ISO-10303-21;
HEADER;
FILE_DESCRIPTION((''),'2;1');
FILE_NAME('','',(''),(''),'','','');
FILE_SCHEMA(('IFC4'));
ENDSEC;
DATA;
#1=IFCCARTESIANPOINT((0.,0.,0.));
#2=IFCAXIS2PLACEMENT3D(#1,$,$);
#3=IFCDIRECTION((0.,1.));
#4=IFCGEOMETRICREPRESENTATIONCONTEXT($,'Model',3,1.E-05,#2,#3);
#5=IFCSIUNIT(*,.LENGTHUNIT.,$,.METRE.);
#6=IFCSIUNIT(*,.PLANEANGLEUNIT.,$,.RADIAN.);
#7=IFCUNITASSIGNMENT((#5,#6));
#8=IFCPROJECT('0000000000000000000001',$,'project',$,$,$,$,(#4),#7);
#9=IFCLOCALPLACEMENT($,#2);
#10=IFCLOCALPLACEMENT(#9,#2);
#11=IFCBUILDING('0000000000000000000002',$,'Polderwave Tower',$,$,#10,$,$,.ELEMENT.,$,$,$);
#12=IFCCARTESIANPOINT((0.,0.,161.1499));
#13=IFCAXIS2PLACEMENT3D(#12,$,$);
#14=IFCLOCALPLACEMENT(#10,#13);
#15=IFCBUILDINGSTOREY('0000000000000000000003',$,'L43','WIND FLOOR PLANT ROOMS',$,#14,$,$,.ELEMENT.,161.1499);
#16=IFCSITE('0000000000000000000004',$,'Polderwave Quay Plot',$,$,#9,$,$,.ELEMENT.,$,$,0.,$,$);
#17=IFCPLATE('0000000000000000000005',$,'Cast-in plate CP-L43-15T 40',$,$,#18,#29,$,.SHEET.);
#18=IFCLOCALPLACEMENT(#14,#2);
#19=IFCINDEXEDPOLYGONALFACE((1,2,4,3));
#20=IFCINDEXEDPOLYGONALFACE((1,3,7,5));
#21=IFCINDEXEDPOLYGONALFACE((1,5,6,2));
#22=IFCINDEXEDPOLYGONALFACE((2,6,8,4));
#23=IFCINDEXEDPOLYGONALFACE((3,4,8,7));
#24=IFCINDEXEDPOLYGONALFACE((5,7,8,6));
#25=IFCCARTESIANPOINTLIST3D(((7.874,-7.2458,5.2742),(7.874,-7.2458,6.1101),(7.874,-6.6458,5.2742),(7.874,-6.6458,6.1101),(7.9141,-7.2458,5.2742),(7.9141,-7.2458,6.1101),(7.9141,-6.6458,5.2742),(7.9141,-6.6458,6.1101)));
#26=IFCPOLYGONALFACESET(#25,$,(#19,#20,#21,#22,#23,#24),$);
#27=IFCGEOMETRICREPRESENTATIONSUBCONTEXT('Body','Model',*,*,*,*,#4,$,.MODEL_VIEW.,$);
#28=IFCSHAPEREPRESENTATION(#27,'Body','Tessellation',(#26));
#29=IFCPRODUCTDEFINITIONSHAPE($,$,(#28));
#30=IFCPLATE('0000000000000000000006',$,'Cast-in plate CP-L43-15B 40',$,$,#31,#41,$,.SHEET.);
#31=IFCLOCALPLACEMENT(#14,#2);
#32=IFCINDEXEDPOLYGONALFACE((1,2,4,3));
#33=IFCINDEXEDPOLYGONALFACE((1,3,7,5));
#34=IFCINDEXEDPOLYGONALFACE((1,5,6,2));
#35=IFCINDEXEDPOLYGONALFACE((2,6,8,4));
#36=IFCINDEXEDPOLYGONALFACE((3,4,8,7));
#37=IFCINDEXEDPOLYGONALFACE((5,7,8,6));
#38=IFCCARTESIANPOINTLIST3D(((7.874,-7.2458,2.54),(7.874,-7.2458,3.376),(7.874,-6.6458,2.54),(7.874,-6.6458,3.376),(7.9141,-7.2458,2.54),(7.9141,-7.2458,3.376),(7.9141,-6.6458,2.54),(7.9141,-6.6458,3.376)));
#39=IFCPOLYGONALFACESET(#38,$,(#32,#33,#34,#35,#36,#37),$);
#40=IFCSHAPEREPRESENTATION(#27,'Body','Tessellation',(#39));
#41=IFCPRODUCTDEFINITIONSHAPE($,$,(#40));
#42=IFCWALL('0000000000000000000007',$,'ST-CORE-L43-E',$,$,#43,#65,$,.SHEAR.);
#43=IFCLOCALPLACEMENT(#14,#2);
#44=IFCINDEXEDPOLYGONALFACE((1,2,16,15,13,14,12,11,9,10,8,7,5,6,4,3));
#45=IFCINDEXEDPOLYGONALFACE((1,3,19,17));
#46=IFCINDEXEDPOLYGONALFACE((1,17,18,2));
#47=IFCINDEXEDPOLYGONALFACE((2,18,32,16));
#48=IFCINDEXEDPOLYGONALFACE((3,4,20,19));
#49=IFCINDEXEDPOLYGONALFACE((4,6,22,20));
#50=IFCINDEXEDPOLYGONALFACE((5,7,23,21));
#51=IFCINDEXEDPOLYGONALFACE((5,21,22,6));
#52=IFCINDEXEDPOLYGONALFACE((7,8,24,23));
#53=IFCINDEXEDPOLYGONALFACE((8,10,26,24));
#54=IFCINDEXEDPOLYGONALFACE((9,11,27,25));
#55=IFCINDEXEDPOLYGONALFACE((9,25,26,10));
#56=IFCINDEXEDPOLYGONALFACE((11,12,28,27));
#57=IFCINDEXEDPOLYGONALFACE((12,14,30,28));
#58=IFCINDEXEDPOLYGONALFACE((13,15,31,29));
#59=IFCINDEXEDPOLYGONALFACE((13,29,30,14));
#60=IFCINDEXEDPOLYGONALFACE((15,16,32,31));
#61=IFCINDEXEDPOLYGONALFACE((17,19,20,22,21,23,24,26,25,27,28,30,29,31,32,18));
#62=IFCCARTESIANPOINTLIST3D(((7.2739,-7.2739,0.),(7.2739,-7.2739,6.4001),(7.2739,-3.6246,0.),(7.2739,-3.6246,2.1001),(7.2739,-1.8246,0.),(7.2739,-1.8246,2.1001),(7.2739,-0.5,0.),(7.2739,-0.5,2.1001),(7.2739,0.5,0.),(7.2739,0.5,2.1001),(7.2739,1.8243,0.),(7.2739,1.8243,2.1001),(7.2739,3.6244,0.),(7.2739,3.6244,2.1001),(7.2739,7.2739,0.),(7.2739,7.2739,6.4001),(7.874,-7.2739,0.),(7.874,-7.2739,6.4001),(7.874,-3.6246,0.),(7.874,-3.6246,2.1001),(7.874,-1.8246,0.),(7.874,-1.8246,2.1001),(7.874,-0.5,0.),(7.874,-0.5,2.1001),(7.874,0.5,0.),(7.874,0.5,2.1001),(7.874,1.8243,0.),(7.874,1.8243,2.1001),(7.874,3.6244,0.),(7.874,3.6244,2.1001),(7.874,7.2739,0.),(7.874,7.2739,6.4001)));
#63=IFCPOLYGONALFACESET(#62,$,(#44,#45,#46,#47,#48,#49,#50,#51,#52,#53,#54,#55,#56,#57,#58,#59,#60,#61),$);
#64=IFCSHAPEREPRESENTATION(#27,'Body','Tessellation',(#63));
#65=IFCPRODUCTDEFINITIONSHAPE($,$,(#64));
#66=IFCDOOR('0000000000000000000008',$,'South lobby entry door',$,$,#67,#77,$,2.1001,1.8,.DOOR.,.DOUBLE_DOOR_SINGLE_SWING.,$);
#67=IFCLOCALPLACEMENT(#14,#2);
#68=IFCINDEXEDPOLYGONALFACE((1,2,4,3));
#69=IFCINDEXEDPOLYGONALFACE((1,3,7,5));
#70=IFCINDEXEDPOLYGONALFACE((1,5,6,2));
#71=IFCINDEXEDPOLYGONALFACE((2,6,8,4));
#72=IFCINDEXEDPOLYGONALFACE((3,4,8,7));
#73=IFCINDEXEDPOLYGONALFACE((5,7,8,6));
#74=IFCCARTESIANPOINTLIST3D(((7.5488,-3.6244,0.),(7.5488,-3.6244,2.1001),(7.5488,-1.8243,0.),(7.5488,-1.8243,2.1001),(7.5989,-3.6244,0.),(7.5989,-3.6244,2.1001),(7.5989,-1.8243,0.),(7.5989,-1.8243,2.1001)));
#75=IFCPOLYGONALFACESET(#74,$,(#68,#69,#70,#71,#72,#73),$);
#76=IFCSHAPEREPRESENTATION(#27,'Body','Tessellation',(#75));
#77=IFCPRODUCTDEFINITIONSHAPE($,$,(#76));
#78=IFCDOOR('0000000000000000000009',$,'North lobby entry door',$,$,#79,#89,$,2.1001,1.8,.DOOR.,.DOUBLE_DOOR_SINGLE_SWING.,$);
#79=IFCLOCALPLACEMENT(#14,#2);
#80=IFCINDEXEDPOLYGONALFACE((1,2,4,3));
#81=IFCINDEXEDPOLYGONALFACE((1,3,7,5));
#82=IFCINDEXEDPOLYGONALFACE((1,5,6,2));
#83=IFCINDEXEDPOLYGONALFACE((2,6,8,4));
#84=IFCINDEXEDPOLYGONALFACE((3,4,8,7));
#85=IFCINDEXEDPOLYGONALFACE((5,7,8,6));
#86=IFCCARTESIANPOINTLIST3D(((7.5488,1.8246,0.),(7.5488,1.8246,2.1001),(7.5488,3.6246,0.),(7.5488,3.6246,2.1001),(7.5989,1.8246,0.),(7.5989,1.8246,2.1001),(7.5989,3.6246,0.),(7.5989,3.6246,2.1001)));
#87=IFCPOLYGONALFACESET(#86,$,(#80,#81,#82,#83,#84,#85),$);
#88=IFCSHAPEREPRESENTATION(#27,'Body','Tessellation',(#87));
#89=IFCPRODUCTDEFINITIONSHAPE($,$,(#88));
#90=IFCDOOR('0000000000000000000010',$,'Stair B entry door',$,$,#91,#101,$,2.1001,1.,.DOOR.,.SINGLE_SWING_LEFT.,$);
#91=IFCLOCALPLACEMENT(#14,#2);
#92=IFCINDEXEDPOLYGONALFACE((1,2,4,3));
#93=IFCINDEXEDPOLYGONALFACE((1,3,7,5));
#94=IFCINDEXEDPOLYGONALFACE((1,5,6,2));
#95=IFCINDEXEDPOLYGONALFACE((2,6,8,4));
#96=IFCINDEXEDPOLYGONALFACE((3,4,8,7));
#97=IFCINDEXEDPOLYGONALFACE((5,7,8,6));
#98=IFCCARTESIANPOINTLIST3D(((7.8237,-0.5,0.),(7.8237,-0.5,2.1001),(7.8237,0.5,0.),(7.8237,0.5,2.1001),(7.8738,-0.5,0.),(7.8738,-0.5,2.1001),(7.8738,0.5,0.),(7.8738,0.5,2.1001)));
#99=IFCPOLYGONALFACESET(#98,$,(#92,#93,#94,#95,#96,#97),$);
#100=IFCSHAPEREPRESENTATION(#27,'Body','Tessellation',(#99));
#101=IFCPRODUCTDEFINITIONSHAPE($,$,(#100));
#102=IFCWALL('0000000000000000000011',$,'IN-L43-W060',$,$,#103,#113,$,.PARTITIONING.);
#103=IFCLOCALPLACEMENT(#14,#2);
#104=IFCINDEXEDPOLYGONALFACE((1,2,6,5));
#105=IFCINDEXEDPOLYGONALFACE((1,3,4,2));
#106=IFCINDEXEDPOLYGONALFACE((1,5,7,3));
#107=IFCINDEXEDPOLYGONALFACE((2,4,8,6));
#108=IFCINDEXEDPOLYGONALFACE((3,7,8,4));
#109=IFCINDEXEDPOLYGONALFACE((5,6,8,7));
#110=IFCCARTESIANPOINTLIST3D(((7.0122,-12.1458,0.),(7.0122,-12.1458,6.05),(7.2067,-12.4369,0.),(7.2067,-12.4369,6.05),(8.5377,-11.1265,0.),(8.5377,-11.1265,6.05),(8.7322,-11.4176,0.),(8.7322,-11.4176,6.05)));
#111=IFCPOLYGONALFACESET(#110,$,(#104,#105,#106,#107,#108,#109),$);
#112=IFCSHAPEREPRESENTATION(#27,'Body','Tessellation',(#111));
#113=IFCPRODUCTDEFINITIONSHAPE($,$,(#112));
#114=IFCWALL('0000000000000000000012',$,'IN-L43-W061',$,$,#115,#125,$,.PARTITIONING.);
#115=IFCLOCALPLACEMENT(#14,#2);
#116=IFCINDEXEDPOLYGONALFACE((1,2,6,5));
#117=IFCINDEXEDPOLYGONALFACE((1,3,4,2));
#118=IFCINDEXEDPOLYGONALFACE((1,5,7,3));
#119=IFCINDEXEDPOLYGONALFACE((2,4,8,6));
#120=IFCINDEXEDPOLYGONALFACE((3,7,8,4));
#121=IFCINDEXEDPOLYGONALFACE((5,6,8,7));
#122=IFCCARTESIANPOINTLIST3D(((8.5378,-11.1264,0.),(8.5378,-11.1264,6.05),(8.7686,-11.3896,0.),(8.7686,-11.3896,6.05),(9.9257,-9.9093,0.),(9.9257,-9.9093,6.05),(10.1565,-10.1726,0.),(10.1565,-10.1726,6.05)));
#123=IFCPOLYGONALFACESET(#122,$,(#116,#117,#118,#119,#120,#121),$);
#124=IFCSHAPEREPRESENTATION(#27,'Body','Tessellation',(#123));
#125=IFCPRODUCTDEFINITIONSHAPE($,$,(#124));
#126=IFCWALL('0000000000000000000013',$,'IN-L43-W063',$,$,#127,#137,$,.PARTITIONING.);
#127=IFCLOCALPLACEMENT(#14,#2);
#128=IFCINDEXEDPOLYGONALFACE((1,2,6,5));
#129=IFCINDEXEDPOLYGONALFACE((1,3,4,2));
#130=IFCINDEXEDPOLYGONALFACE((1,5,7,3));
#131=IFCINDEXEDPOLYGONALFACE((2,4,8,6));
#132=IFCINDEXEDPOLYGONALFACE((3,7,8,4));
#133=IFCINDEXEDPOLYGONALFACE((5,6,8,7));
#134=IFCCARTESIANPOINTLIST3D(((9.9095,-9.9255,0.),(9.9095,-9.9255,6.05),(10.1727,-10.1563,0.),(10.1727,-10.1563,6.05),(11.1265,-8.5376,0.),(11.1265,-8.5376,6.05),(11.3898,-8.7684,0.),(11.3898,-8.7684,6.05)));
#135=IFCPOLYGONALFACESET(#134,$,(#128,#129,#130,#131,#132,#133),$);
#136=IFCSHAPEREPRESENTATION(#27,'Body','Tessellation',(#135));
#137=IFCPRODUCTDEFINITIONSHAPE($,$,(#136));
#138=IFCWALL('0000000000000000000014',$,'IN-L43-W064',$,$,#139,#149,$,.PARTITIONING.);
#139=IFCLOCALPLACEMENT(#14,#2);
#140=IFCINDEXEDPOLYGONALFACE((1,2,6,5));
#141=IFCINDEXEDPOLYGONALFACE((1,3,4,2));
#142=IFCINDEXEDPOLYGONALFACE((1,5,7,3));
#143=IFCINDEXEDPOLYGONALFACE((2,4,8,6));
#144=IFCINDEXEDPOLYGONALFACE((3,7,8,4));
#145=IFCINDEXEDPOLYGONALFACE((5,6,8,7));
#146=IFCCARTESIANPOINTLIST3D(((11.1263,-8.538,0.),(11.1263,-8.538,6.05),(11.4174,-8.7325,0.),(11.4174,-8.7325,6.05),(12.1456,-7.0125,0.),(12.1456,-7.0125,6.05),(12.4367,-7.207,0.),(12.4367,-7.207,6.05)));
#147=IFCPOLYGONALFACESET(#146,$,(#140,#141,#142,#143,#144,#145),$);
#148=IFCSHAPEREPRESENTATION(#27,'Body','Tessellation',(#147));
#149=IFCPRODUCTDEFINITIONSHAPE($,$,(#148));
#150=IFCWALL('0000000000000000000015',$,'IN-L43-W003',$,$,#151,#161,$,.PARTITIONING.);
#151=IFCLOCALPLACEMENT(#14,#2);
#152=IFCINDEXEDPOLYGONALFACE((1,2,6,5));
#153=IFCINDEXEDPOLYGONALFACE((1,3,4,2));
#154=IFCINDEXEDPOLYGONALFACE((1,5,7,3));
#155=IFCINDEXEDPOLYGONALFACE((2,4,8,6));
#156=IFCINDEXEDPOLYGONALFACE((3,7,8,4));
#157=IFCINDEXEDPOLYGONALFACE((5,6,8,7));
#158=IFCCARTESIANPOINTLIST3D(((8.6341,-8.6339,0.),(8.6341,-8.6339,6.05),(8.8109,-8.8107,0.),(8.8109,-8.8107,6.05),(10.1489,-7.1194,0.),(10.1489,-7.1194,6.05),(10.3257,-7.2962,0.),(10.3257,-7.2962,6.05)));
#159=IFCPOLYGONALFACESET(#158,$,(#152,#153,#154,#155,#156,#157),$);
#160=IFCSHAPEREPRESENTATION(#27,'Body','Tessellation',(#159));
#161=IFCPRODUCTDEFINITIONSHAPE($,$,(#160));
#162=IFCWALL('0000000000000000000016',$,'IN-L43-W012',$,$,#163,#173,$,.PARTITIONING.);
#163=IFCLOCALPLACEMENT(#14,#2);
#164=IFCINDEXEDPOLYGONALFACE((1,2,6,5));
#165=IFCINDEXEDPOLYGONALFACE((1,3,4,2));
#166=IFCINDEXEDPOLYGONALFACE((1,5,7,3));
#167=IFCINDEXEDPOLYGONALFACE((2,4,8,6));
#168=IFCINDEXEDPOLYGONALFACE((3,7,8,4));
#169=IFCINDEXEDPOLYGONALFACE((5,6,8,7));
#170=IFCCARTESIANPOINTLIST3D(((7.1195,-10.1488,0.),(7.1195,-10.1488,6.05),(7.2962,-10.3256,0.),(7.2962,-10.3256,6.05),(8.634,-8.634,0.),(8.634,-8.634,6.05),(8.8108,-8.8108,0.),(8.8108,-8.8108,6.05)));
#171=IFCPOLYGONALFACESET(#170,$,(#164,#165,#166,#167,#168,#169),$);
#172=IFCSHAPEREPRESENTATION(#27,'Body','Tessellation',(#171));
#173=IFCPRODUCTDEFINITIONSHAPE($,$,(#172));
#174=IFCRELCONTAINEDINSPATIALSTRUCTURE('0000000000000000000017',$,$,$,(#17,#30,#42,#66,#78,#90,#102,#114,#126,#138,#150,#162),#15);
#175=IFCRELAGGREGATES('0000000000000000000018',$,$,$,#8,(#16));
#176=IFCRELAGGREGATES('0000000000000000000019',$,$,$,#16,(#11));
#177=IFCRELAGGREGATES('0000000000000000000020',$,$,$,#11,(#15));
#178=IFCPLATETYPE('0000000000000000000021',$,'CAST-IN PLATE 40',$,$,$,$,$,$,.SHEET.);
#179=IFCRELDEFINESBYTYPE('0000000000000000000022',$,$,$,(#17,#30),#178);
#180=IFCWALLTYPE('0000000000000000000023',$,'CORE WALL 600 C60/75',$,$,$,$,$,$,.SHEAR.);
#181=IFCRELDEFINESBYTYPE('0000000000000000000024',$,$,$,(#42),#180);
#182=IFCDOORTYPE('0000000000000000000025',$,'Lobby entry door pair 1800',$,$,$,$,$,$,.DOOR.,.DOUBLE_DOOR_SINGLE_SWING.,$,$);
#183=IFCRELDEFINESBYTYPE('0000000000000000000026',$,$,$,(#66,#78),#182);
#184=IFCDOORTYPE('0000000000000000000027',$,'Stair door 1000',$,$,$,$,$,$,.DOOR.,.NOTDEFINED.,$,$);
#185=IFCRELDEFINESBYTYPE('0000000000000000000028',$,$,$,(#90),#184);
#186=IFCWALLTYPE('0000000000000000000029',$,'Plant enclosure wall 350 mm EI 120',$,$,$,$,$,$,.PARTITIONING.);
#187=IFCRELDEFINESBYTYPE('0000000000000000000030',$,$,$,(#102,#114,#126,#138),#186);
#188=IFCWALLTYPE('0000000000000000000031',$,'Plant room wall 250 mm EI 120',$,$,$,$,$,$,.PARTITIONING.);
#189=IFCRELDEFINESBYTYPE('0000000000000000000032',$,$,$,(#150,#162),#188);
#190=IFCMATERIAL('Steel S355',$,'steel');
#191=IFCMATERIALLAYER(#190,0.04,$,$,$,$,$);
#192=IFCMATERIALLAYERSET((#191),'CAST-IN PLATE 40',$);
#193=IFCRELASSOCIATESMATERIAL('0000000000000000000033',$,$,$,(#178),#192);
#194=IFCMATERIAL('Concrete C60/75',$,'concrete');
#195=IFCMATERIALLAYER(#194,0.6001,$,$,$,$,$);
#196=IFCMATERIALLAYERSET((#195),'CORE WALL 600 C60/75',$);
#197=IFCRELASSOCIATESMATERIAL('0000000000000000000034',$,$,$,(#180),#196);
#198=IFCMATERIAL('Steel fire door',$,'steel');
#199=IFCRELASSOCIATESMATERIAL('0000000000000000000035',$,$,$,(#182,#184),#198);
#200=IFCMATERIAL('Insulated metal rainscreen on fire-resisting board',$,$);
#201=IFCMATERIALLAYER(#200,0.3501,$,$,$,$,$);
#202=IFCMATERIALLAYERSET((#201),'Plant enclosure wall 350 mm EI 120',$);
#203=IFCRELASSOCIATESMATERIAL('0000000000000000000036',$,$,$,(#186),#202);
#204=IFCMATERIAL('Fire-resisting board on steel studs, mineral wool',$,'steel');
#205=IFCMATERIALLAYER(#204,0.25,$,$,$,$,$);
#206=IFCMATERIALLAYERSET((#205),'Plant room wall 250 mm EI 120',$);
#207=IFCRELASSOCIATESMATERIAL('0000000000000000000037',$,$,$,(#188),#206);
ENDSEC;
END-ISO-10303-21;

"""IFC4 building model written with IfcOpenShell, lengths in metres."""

from ifc_helpers import new_model, si_unit, direction, frame, frame_2d, origin, origin_2d, place, context, subcontext, project, spatial, rectangle, extrude, material, layer, layer_set, type_object, element, fill, save


model = new_model("IFC4")

# Units and contexts
model_context = context("Model", 3, precision=1e-05, world=origin(), true_north=direction((0.0, 1.0)))
body_context = subcontext(model_context, "Body", "Model", "MODEL_VIEW")
ifc_project = project(units=[si_unit("LENGTHUNIT", "METRE"), si_unit("PLANEANGLEUNIT", "RADIAN")], contexts=[model_context])

# Site, building, storey
site_placement = place(None, origin())
site = spatial("IfcSite", under=ifc_project, at=site_placement, Name="Polderwave Quay Plot", CompositionType="ELEMENT", RefElevation=0.0)
building_placement = place(site_placement, origin())
building = spatial("IfcBuilding", under=site, at=building_placement, Name="Polderwave Tower", CompositionType="ELEMENT")
storey_placement = place(building_placement, frame((0.0, 0.0, 161.1499)))
storey = spatial("IfcBuildingStorey", under=building, at=storey_placement, Name="L43", Description="WIND FLOOR PLANT ROOMS", CompositionType="ELEMENT", Elevation=161.1499)

# Shared definitions
ifc_material_1 = material(Name="Concrete C60/75", Category="concrete")

# Shared definitions
ifc_material_2 = material(Name="Steel S355", Category="steel")

# Plates
ifc_layer_1 = layer(ifc_material_2, 0.04)
ifc_layer_set_1 = layer_set([ifc_layer_1], Name="CAST-IN PLATE 40")
plate_type = type_object("IfcPlateType", Name="CAST-IN PLATE 40", PredefinedType="SHEET", material=ifc_layer_set_1)
for number, where, z_axis, x_axis, name in (
    (1, (7.894, -6.9458, 5.2742), (0.0, 0.0, 1.0), (1.0, 0.0, 0.0), "Cast-in plate CP-L43-15T 40"),
    (2, (7.894, -6.9458, 2.54), (0.0, 0.0, 1.0), (1.0, 0.0, 0.0), "Cast-in plate CP-L43-15B 40"),
):
    element("IfcPlate", number, at=place(storey_placement, frame(where, z_axis=z_axis, x_axis=x_axis)), inside=storey, type_object=plate_type, Name=name, PredefinedType="SHEET", context=body_context, shape_type="SweptSolid", body=[
        extrude(rectangle(XDim=0.04, YDim=0.6001, at=origin_2d()), origin(), (0.0, 0.0, 1.0), 0.8359),
    ])

# Wall, openings, doors
ifc_layer_2 = layer(ifc_material_1, 0.6001)
ifc_layer_set_2 = layer_set([ifc_layer_2], Name="CORE WALL 600 C60/75")
wall_type_1 = type_object("IfcWallType", Name="CORE WALL 600 C60/75", PredefinedType="SHEAR", material=ifc_layer_set_2)
wall_1_placement = place(storey_placement, frame((7.574, -7.2739, 0.0), z_axis=(0.0, 0.0, 1.0), x_axis=(0.0, 1.0, 0.0)))
wall_1 = element("IfcWall", 3, at=wall_1_placement, inside=storey, type_object=wall_type_1, Name="ST-CORE-L43-E", PredefinedType="SHEAR", context=body_context, shape_type="SweptSolid", body=[
    extrude(rectangle(XDim=14.5479, YDim=0.6001, at=frame_2d((7.2739, 0.0))), origin(), (0.0, 0.0, 1.0), 6.4001),
])
opening_1_placement = place(wall_1_placement, frame((6.7739, 0.0, 0.0)))
opening_1 = element("IfcOpeningElement", 4, at=opening_1_placement, cuts=wall_1, PredefinedType="OPENING", context=body_context, shape_type="SweptSolid", body=[
    extrude(rectangle(XDim=1.0, YDim=2.1001, at=frame_2d((0.5, 1.05))), frame((0.0, 0.3101, 0.0), z_axis=(0.0, -1.0, 0.0), x_axis=(1.0, 0.0, 0.0)), (0.0, 0.0, 1.0), 0.6201),
])
opening_2_placement = place(wall_1_placement, frame((3.6494, 0.0, 0.0)))
opening_2 = element("IfcOpeningElement", 5, at=opening_2_placement, cuts=wall_1, PredefinedType="OPENING", context=body_context, shape_type="SweptSolid", body=[
    extrude(rectangle(XDim=1.8, YDim=2.1001, at=frame_2d((0.8999, 1.05))), frame((0.0, 0.3101, 0.0), z_axis=(0.0, -1.0, 0.0), x_axis=(1.0, 0.0, 0.0)), (0.0, 0.0, 1.0), 0.6201),
])
opening_3_placement = place(wall_1_placement, frame((9.0984, 0.0, 0.0)))
opening_3 = element("IfcOpeningElement", 6, at=opening_3_placement, cuts=wall_1, PredefinedType="OPENING", context=body_context, shape_type="SweptSolid", body=[
    extrude(rectangle(XDim=1.8, YDim=2.1001, at=frame_2d((0.8999, 1.05))), frame((0.0, 0.3101, 0.0), z_axis=(0.0, -1.0, 0.0), x_axis=(1.0, 0.0, 0.0)), (0.0, 0.0, 1.0), 0.6201),
])
ifc_material_3 = material(Name="Steel fire door", Category="steel")
door_type_1 = type_object("IfcDoorType", Name="Lobby entry door pair 1800", OperationType="DOUBLE_DOOR_SINGLE_SWING", PredefinedType="DOOR", material=ifc_material_3)
door_1_placement = place(opening_2_placement, frame((1.8, 0.0, 0.0), z_axis=(0.0, 0.0, 1.0), x_axis=(-1.0, 0.0, 0.0)))
door_1 = element("IfcDoor", 7, at=door_1_placement, inside=storey, type_object=door_type_1, Name="South lobby entry door", OperationType="DOUBLE_DOOR_SINGLE_SWING", OverallHeight=2.1001, OverallWidth=1.8, PredefinedType="DOOR", context=body_context, shape_type="SweptSolid", body=[
    extrude(rectangle(XDim=1.8, YDim=2.1001, at=frame_2d((0.8999, 1.05))), frame((0.0, 0.0249, 0.0), z_axis=(0.0, -1.0, 0.0), x_axis=(1.0, 0.0, 0.0)), (0.0, 0.0, 1.0), 0.05),
])
fill(opening_2, door_1)
door_2_placement = place(opening_3_placement, frame((1.8, 0.0, 0.0), z_axis=(0.0, 0.0, 1.0), x_axis=(-1.0, 0.0, 0.0)))
door_2 = element("IfcDoor", 8, at=door_2_placement, inside=storey, type_object=door_type_1, Name="North lobby entry door", OperationType="DOUBLE_DOOR_SINGLE_SWING", OverallHeight=2.1001, OverallWidth=1.8, PredefinedType="DOOR", context=body_context, shape_type="SweptSolid", body=[
    extrude(rectangle(XDim=1.8, YDim=2.1001, at=frame_2d((0.8999, 1.05))), frame((0.0, 0.0249, 0.0), z_axis=(0.0, -1.0, 0.0), x_axis=(1.0, 0.0, 0.0)), (0.0, 0.0, 1.0), 0.05),
])
fill(opening_3, door_2)
door_type_2 = type_object("IfcDoorType", Name="Stair door 1000", OperationType="NOTDEFINED", PredefinedType="DOOR", material=ifc_material_3)
door_3_placement = place(opening_1_placement, frame((1.0, 0.0, 0.0), z_axis=(0.0, 0.0, 1.0), x_axis=(-1.0, 0.0, 0.0)))
door_3 = element("IfcDoor", 9, at=door_3_placement, inside=storey, type_object=door_type_2, Name="Stair B entry door", OperationType="SINGLE_SWING_LEFT", OverallHeight=2.1001, OverallWidth=1.0, PredefinedType="DOOR", context=body_context, shape_type="SweptSolid", body=[
    extrude(rectangle(XDim=1.0, YDim=2.1001, at=frame_2d((0.5, 1.05))), frame((0.0, 0.2998, 0.0), z_axis=(0.0, -1.0, 0.0), x_axis=(1.0, 0.0, 0.0)), (0.0, 0.0, 1.0), 0.05),
])
fill(opening_1, door_3)

# Walls
ifc_material_4 = material(Name="Insulated metal rainscreen on fire-resisting board")
ifc_layer_3 = layer(ifc_material_4, 0.3501)
ifc_layer_set_3 = layer_set([ifc_layer_3], Name="Plant enclosure wall 350 mm EI 120")
wall_type_2 = type_object("IfcWallType", Name="Plant enclosure wall 350 mm EI 120", PredefinedType="PARTITIONING", material=ifc_layer_set_3)
wall_2_placement = place(storey_placement, frame((8.635, -11.272, 0.0), z_axis=(0.0, 0.0, 1.0), x_axis=(-0.831456, -0.55559, 0.0)))
element("IfcWall", 10, at=wall_2_placement, inside=storey, type_object=wall_type_2, Name="IN-L43-W060", PredefinedType="PARTITIONING", context=body_context, shape_type="SweptSolid", body=[
    extrude(rectangle(XDim=1.8347, YDim=0.3501, at=frame_2d((0.9175, 0.0))), origin(), (0.0, 0.0, 1.0), 6.05),
])
for number, where, z_axis, x_axis, name in (
    (11, (10.041, -10.041, 0.0), (0.0, 0.0, 1.0), (-0.75188, -0.6593, 0.0), "IN-L43-W061"),
    (12, (11.2581, -8.6531, 0.0), (0.0, 0.0, 1.0), (-0.6593, -0.75188, 0.0), "IN-L43-W063"),
):
    element("IfcWall", number, at=place(storey_placement, frame(where, z_axis=z_axis, x_axis=x_axis)), inside=storey, type_object=wall_type_2, Name=name, PredefinedType="PARTITIONING", context=body_context, shape_type="SweptSolid", body=[
        extrude(rectangle(XDim=1.8459, YDim=0.3501, at=frame_2d((0.9229, 0.0))), origin(), (0.0, 0.0, 1.0), 6.05),
    ])
wall_3_placement = place(storey_placement, frame((12.2913, -7.1096, 0.0), z_axis=(0.0, 0.0, 1.0), x_axis=(-0.55559, -0.831456, 0.0)))
element("IfcWall", 13, at=wall_3_placement, inside=storey, type_object=wall_type_2, Name="IN-L43-W064", PredefinedType="PARTITIONING", context=body_context, shape_type="SweptSolid", body=[
    extrude(rectangle(XDim=1.8347, YDim=0.3501, at=frame_2d((0.9175, 0.0))), origin(), (0.0, 0.0, 1.0), 6.05),
])
ifc_material_5 = material(Name="Fire-resisting board on steel studs, mineral wool", Category="steel")
ifc_layer_4 = layer(ifc_material_5, 0.25)
ifc_layer_set_4 = layer_set([ifc_layer_4], Name="Plant room wall 250 mm EI 120")
wall_type_3 = type_object("IfcWallType", Name="Plant room wall 250 mm EI 120", PredefinedType="PARTITIONING", material=ifc_layer_set_4)
for number, where, z_axis, x_axis, name in (
    (14, (10.2373, -7.2078, 0.0), (0.0, 0.0, 1.0), (-0.707164, -0.70705, 0.0), "IN-L43-W003"),
    (15, (8.7224, -8.7224, 0.0), (0.0, 0.0, 1.0), (-0.70705, -0.707164, 0.0), "IN-L43-W012"),
):
    element("IfcWall", number, at=place(storey_placement, frame(where, z_axis=z_axis, x_axis=x_axis)), inside=storey, type_object=wall_type_3, Name=name, PredefinedType="PARTITIONING", context=body_context, shape_type="SweptSolid", body=[
        extrude(rectangle(XDim=2.1421, YDim=0.25, at=frame_2d((1.071, 0.0))), origin(), (0.0, 0.0, 1.0), 6.05),
    ])

save(model, "model.ifc")
